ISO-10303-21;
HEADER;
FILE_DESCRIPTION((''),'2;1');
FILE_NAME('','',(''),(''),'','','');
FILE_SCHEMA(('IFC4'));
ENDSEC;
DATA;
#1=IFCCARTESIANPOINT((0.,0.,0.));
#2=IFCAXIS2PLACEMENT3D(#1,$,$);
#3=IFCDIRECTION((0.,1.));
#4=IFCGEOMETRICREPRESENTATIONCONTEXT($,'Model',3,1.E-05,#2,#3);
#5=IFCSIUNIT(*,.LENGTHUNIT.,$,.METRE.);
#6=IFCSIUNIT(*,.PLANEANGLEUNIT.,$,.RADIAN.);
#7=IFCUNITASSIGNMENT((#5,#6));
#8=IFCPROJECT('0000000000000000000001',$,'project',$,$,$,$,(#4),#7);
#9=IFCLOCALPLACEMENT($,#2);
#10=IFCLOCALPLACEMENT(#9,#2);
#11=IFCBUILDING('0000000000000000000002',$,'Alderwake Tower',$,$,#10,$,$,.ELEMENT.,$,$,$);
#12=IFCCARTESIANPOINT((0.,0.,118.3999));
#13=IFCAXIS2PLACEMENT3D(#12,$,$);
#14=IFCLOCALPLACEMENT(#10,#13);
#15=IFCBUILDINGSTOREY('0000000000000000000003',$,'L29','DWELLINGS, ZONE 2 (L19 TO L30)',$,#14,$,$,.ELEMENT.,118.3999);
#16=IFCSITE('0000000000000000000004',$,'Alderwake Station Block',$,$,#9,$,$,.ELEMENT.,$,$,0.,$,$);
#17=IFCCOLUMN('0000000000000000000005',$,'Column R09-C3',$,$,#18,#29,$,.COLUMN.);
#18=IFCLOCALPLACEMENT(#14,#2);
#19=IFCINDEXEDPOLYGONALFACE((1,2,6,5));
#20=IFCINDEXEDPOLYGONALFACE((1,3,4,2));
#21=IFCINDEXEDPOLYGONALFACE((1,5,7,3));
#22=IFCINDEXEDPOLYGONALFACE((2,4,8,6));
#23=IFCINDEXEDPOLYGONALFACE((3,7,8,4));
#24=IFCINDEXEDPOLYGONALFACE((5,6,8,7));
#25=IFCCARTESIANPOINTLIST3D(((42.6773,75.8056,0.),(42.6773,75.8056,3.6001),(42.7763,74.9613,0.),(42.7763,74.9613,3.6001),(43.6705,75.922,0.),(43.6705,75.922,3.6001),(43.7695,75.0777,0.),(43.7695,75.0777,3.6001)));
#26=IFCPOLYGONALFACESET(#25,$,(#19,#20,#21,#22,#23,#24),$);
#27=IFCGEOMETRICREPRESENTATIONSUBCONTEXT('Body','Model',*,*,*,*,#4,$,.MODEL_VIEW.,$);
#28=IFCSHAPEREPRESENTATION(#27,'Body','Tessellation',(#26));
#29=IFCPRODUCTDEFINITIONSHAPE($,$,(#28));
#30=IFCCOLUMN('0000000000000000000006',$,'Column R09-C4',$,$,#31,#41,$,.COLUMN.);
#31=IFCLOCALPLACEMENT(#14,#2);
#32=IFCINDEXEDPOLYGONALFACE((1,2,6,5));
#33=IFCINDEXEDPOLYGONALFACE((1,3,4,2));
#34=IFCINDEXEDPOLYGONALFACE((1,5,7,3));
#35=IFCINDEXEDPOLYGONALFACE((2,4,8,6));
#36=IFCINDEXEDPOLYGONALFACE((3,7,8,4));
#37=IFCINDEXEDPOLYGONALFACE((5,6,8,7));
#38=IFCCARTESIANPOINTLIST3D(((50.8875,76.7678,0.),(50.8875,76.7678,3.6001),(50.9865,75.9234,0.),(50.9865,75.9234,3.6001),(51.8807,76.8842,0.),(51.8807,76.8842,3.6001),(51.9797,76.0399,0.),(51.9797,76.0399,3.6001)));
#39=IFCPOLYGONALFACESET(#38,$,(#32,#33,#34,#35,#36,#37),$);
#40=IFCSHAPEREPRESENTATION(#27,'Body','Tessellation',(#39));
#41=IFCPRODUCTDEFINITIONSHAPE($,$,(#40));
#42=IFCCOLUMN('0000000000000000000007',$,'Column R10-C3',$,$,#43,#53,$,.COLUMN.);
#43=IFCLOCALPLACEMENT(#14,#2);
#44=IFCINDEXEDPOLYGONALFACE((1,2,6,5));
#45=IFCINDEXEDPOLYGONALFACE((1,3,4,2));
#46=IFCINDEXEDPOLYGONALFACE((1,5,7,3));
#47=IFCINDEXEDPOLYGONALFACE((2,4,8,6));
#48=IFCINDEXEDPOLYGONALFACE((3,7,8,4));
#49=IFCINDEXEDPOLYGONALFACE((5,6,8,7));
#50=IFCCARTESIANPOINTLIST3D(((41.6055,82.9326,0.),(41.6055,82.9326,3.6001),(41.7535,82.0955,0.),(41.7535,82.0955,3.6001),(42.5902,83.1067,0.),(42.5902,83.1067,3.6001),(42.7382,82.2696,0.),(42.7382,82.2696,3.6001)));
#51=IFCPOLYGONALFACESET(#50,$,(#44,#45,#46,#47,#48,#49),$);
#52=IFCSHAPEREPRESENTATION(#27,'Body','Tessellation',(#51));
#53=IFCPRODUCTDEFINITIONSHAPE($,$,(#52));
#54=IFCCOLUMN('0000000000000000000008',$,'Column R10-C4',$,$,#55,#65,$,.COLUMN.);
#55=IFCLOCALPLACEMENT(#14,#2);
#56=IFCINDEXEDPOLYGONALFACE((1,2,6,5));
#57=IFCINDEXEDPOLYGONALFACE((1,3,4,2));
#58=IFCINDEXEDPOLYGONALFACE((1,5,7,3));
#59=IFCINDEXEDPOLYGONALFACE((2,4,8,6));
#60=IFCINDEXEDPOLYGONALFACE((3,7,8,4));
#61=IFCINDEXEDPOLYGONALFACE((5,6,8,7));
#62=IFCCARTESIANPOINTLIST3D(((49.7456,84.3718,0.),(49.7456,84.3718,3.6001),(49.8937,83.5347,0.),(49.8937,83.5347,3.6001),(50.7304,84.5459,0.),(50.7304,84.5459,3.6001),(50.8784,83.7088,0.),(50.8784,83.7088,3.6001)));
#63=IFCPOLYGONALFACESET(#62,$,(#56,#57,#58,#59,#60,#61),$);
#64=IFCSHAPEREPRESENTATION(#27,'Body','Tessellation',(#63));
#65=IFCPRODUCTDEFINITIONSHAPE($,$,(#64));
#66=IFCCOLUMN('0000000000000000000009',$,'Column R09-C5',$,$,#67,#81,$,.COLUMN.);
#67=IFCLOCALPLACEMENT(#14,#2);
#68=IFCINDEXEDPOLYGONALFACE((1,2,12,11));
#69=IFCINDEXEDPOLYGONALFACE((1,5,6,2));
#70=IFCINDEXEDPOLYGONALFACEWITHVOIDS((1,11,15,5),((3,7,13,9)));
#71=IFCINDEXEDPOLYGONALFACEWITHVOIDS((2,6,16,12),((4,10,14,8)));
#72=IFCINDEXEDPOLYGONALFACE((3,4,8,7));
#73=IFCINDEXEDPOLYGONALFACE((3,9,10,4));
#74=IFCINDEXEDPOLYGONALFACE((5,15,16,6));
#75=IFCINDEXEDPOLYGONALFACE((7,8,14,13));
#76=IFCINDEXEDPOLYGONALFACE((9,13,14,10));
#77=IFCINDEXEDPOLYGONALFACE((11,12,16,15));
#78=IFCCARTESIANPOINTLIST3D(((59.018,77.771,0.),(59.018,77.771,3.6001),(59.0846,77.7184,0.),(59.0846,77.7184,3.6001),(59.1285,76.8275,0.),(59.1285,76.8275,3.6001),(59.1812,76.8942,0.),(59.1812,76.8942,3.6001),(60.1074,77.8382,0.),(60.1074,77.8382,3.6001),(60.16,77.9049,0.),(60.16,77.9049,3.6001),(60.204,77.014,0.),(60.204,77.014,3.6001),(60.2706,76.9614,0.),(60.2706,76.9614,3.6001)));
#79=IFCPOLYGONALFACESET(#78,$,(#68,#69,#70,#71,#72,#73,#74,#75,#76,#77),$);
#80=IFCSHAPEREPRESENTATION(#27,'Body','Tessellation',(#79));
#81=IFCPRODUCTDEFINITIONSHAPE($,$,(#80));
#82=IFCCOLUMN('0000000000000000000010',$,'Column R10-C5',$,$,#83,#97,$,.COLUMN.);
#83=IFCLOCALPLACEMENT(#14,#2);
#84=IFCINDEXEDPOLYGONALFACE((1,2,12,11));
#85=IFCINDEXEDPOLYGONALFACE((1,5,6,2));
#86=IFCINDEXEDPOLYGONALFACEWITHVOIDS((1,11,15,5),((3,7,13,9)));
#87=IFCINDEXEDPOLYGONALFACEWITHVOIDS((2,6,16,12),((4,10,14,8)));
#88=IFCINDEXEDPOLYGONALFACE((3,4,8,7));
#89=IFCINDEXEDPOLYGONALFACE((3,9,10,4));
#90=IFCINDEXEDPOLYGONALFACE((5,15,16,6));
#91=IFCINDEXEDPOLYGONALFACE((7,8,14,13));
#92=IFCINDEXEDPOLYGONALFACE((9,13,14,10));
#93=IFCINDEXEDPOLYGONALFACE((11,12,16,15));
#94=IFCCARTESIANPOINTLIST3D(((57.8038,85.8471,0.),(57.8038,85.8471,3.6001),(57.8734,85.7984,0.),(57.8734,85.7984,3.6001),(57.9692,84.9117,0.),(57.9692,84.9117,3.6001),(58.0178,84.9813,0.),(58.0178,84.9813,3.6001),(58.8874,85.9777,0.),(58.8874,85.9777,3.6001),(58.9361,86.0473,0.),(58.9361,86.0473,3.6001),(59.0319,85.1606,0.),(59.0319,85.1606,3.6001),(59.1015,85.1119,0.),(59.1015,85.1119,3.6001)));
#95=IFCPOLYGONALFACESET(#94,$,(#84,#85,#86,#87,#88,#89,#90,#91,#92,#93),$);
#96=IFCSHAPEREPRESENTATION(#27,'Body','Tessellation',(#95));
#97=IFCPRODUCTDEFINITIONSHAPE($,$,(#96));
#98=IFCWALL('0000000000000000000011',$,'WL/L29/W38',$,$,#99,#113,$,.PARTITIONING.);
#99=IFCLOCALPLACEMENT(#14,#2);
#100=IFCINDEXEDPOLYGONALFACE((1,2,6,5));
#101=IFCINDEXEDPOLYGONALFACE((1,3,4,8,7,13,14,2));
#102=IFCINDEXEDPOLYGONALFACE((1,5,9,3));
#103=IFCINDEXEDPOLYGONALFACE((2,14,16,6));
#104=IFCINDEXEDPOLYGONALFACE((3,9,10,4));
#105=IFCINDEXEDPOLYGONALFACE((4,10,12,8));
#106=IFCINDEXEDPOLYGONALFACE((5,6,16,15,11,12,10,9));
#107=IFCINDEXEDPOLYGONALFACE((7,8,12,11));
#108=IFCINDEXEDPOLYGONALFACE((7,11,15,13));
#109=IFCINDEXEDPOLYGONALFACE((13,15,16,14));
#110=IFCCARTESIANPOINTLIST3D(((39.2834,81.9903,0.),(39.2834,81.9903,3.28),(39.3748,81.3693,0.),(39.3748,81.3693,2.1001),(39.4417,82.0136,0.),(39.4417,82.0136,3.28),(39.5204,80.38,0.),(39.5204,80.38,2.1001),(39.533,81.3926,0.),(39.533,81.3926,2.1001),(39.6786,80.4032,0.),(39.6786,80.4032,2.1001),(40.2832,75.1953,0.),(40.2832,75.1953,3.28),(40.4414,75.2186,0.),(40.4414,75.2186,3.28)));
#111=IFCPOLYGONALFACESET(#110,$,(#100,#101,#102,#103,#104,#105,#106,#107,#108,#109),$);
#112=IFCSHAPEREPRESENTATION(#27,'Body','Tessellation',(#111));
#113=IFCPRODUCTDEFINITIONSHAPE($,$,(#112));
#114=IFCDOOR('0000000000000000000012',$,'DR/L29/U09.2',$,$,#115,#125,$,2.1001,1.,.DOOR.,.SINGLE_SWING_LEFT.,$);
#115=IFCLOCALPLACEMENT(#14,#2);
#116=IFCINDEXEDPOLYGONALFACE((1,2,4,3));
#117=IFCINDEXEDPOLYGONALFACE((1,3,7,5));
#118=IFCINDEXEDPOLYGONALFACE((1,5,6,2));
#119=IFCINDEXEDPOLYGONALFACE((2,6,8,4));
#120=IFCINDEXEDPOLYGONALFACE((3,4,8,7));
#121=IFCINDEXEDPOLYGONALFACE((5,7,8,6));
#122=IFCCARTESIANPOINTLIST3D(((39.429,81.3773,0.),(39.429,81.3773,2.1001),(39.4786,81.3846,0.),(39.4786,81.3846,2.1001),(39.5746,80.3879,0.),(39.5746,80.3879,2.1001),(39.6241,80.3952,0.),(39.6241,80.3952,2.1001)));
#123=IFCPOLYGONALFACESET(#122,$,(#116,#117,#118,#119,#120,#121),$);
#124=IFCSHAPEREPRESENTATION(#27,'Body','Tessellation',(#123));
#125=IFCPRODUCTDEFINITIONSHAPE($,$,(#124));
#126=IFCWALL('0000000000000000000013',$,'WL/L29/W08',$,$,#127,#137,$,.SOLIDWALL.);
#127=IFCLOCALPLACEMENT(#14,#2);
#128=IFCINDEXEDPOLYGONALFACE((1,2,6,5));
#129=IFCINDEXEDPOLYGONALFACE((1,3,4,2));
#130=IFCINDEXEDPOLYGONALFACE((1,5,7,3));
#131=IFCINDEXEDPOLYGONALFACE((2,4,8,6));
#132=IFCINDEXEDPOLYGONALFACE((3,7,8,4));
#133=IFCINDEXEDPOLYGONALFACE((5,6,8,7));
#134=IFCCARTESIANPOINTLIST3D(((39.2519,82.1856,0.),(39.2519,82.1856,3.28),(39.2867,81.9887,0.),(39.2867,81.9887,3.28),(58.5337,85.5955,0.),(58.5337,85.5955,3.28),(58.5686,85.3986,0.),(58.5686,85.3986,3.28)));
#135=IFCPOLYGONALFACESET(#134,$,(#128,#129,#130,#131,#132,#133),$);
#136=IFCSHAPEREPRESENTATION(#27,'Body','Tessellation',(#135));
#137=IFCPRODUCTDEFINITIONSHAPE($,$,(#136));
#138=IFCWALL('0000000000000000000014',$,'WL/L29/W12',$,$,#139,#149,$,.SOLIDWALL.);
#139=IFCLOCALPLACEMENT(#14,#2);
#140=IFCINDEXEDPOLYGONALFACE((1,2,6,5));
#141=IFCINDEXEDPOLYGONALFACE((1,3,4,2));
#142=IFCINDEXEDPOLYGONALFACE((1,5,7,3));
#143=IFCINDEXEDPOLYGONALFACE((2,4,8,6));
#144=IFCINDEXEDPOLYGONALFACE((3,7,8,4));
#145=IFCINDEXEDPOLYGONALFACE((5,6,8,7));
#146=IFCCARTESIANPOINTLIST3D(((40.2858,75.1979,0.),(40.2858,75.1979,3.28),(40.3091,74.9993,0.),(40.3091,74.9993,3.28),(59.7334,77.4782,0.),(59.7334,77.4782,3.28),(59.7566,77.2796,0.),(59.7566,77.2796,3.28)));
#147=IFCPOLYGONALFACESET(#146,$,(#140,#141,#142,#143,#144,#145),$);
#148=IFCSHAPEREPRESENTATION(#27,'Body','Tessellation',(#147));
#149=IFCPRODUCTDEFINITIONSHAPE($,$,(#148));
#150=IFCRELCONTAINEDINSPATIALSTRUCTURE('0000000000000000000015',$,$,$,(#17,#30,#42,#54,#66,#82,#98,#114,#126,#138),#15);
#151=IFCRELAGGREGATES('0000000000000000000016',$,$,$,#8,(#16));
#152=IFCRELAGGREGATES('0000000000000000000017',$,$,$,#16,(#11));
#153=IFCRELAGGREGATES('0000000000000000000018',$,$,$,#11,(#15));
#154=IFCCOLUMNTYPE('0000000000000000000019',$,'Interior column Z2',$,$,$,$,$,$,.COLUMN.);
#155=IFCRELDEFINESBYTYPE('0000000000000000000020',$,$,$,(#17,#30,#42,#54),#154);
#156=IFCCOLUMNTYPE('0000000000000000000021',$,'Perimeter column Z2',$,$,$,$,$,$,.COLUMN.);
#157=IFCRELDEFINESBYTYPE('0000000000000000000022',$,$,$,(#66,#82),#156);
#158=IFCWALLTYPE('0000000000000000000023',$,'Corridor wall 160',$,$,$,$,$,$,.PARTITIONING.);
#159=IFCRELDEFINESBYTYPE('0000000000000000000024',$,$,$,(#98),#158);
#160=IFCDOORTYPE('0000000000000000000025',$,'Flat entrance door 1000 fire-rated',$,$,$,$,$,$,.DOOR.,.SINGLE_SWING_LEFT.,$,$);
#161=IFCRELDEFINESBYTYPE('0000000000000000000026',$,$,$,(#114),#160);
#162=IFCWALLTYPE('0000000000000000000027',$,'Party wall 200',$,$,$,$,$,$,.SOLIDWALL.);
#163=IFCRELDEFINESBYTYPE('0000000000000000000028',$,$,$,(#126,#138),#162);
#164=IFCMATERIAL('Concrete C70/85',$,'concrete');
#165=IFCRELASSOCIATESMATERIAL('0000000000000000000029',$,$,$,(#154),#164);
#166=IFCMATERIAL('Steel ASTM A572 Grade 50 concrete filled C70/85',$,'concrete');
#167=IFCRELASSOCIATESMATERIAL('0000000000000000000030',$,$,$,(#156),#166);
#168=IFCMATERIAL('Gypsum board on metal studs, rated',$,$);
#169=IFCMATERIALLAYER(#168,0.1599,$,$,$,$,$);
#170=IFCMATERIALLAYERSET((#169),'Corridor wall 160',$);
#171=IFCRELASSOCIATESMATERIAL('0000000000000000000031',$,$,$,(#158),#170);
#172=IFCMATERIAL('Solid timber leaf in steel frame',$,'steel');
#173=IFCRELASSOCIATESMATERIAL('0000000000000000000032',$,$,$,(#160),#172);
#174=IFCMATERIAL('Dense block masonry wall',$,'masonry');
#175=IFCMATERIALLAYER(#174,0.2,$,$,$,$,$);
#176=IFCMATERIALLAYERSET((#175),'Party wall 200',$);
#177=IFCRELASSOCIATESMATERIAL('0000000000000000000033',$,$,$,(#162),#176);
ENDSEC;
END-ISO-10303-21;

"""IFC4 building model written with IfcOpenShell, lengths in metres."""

from ifc_helpers import new_model, si_unit, direction, frame, frame_2d, origin, origin_2d, place, context, subcontext, project, spatial, rectangle, hollow_rectangle, extrude, material, layer, layer_set, material_profile, profile_set, type_object, element, fill, save


model = new_model("IFC4")

# Units and contexts
model_context = context("Model", 3, precision=1e-05, world=origin(), true_north=direction((0.0, 1.0)))
body_context = subcontext(model_context, "Body", "Model", "MODEL_VIEW")
ifc_project = project(units=[si_unit("LENGTHUNIT", "METRE"), si_unit("PLANEANGLEUNIT", "RADIAN")], contexts=[model_context])

# Site, building, storey
site_placement = place(None, origin())
site = spatial("IfcSite", under=ifc_project, at=site_placement, Name="Alderwake Station Block", CompositionType="ELEMENT", RefElevation=0.0)
building_placement = place(site_placement, origin())
building = spatial("IfcBuilding", under=site, at=building_placement, Name="Alderwake Tower", CompositionType="ELEMENT")
storey_placement = place(building_placement, frame((0.0, 0.0, 118.3999)))
storey = spatial("IfcBuildingStorey", under=building, at=storey_placement, Name="L29", Description="DWELLINGS, ZONE 2 (L19 TO L30)", CompositionType="ELEMENT", Elevation=118.3999)

# Columns
ifc_material_1 = material(Name="Concrete C70/85", Category="concrete")
ifc_material_profile_1 = material_profile(ifc_material_1, rectangle(XDim=0.8501, YDim=1.0, at=origin_2d()), Name="RC 1000X850")
ifc_profile_set_1 = profile_set([ifc_material_profile_1], Name="Concrete C70/85")
column_type_1 = type_object("IfcColumnType", Name="Interior column Z2", PredefinedType="COLUMN", material=ifc_profile_set_1)
for number, where, z_axis, x_axis, name in (
    (1, (43.2234, 75.4417, 0.0), (0.0, 0.0, 1.0), (-0.116402, 0.993202, 0.0), "Column R09-C3"),
    (2, (51.4336, 76.4038, 0.0), (0.0, 0.0, 1.0), (-0.116402, 0.993202, 0.0), "Column R09-C4"),
    (3, (42.1719, 82.6011, 0.0), (0.0, 0.0, 1.0), (-0.174107, 0.984727, 0.0), "Column R10-C3"),
    (4, (50.312, 84.0403, 0.0), (0.0, 0.0, 1.0), (-0.174109, 0.984726, 0.0), "Column R10-C4"),
):
    element("IfcColumn", number, at=place(storey_placement, frame(where, z_axis=z_axis, x_axis=x_axis)), inside=storey, type_object=column_type_1, Name=name, PredefinedType="COLUMN", context=body_context, shape_type="SweptSolid", body=[
        extrude(rectangle(XDim=0.8501, YDim=1.0, at=origin_2d()), origin(), (0.0, 0.0, 1.0), 3.6001),
    ])
ifc_material_2 = material(Name="Steel ASTM A572 Grade 50 concrete filled C70/85", Category="concrete")
ifc_material_profile_2 = material_profile(ifc_material_2, hollow_rectangle(XDim=0.95, YDim=1.1499, WallThickness=0.0601, at=origin_2d()), Name="BOX 1150X950X60")
ifc_profile_set_2 = profile_set([ifc_material_profile_2], Name="Steel ASTM A572 Grade 50 concrete filled C70/85")
column_type_2 = type_object("IfcColumnType", Name="Perimeter column Z2", PredefinedType="COLUMN", material=ifc_profile_set_2)
for number, where, z_axis, x_axis, name in (
    (5, (59.6443, 77.3662, 0.0), (0.0, 0.0, 1.0), (-0.116402, 0.993202, 0.0), "Column R09-C5"),
    (6, (58.4526, 85.4795, 0.0), (0.0, 0.0, 1.0), (-0.174109, 0.984726, 0.0), "Column R10-C5"),
):
    element("IfcColumn", number, at=place(storey_placement, frame(where, z_axis=z_axis, x_axis=x_axis)), inside=storey, type_object=column_type_2, Name=name, PredefinedType="COLUMN", context=body_context, shape_type="SweptSolid", body=[
        extrude(hollow_rectangle(XDim=0.95, YDim=1.1499, WallThickness=0.0601, at=origin_2d()), origin(), (0.0, 0.0, 1.0), 3.6001),
    ])

# Wall, opening, door
ifc_material_3 = material(Name="Gypsum board on metal studs, rated")
ifc_layer_1 = layer(ifc_material_3, 0.1599)
ifc_layer_set_1 = layer_set([ifc_layer_1], Name="Corridor wall 160")
wall_type_1 = type_object("IfcWallType", Name="Corridor wall 160", PredefinedType="PARTITIONING", material=ifc_layer_set_1)
wall_1_placement = place(storey_placement, frame((39.3625, 82.002, 0.0), z_axis=(0.0, 0.0, 1.0), x_axis=(0.145566, -0.989349, 0.0)))
wall_1 = element("IfcWall", 7, at=wall_1_placement, inside=storey, type_object=wall_type_1, Name="WL/L29/W38", PredefinedType="PARTITIONING", context=body_context, shape_type="SweptSolid", body=[
    extrude(rectangle(XDim=6.8682, YDim=0.1599, at=frame_2d((3.4341, 0.0))), origin(), (0.0, 0.0, 1.0), 3.28),
])
opening_1_placement = place(wall_1_placement, frame((0.6277, 0.0, 0.0)))
opening_1 = element("IfcOpeningElement", 8, at=opening_1_placement, cuts=wall_1, PredefinedType="OPENING", context=body_context, shape_type="SweptSolid", body=[
    extrude(rectangle(XDim=1.0, YDim=2.1001, at=frame_2d((0.5, 1.05))), frame((0.0, 0.0898, 0.0), z_axis=(0.0, -1.0, 0.0), x_axis=(1.0, 0.0, 0.0)), (0.0, 0.0, 1.0), 0.1799),
])
ifc_material_4 = material(Name="Solid timber leaf in steel frame", Category="steel")
door_type_1 = type_object("IfcDoorType", Name="Flat entrance door 1000 fire-rated", OperationType="SINGLE_SWING_LEFT", PredefinedType="DOOR", material=ifc_material_4)
door_1_placement = place(opening_1_placement, origin())
door_1 = element("IfcDoor", 9, at=door_1_placement, inside=storey, type_object=door_type_1, Name="DR/L29/U09.2", OperationType="SINGLE_SWING_LEFT", OverallHeight=2.1001, OverallWidth=1.0, PredefinedType="DOOR", context=body_context, shape_type="SweptSolid", body=[
    extrude(rectangle(XDim=1.0, YDim=2.1001, at=frame_2d((0.5, 1.05))), frame((0.0, 0.0249, 0.0), z_axis=(0.0, -1.0, 0.0), x_axis=(1.0, 0.0, 0.0)), (0.0, 0.0, 1.0), 0.05),
])
fill(opening_1, door_1)

# Walls
ifc_material_5 = material(Name="Dense block masonry wall", Category="masonry")
ifc_layer_2 = layer(ifc_material_5, 0.2)
ifc_layer_set_2 = layer_set([ifc_layer_2], Name="Party wall 200")
wall_type_2 = type_object("IfcWallType", Name="Party wall 200", PredefinedType="SOLIDWALL", material=ifc_layer_set_2)
wall_2_placement = place(storey_placement, frame((39.2693, 82.0872, 0.0), z_axis=(0.0, 0.0, 1.0), x_axis=(0.98472, 0.174145, 0.0)))
element("IfcWall", 10, at=wall_2_placement, inside=storey, type_object=wall_type_2, Name="WL/L29/W08", PredefinedType="SOLIDWALL", context=body_context, shape_type="SweptSolid", body=[
    extrude(rectangle(XDim=19.5811, YDim=0.2, at=frame_2d((9.7905, 0.0))), origin(), (0.0, 0.0, 1.0), 3.28),
])
wall_3_placement = place(storey_placement, frame((59.7451, 77.3789, 0.0), z_axis=(0.0, 0.0, 1.0), x_axis=(-0.993196, -0.116455, 0.0)))
element("IfcWall", 11, at=wall_3_placement, inside=storey, type_object=wall_type_2, Name="WL/L29/W12", PredefinedType="SOLIDWALL", context=body_context, shape_type="SweptSolid", body=[
    extrude(rectangle(XDim=19.5808, YDim=0.2, at=frame_2d((9.7905, 0.0))), origin(), (0.0, 0.0, 1.0), 3.28),
])

save(model, "model.ifc")
